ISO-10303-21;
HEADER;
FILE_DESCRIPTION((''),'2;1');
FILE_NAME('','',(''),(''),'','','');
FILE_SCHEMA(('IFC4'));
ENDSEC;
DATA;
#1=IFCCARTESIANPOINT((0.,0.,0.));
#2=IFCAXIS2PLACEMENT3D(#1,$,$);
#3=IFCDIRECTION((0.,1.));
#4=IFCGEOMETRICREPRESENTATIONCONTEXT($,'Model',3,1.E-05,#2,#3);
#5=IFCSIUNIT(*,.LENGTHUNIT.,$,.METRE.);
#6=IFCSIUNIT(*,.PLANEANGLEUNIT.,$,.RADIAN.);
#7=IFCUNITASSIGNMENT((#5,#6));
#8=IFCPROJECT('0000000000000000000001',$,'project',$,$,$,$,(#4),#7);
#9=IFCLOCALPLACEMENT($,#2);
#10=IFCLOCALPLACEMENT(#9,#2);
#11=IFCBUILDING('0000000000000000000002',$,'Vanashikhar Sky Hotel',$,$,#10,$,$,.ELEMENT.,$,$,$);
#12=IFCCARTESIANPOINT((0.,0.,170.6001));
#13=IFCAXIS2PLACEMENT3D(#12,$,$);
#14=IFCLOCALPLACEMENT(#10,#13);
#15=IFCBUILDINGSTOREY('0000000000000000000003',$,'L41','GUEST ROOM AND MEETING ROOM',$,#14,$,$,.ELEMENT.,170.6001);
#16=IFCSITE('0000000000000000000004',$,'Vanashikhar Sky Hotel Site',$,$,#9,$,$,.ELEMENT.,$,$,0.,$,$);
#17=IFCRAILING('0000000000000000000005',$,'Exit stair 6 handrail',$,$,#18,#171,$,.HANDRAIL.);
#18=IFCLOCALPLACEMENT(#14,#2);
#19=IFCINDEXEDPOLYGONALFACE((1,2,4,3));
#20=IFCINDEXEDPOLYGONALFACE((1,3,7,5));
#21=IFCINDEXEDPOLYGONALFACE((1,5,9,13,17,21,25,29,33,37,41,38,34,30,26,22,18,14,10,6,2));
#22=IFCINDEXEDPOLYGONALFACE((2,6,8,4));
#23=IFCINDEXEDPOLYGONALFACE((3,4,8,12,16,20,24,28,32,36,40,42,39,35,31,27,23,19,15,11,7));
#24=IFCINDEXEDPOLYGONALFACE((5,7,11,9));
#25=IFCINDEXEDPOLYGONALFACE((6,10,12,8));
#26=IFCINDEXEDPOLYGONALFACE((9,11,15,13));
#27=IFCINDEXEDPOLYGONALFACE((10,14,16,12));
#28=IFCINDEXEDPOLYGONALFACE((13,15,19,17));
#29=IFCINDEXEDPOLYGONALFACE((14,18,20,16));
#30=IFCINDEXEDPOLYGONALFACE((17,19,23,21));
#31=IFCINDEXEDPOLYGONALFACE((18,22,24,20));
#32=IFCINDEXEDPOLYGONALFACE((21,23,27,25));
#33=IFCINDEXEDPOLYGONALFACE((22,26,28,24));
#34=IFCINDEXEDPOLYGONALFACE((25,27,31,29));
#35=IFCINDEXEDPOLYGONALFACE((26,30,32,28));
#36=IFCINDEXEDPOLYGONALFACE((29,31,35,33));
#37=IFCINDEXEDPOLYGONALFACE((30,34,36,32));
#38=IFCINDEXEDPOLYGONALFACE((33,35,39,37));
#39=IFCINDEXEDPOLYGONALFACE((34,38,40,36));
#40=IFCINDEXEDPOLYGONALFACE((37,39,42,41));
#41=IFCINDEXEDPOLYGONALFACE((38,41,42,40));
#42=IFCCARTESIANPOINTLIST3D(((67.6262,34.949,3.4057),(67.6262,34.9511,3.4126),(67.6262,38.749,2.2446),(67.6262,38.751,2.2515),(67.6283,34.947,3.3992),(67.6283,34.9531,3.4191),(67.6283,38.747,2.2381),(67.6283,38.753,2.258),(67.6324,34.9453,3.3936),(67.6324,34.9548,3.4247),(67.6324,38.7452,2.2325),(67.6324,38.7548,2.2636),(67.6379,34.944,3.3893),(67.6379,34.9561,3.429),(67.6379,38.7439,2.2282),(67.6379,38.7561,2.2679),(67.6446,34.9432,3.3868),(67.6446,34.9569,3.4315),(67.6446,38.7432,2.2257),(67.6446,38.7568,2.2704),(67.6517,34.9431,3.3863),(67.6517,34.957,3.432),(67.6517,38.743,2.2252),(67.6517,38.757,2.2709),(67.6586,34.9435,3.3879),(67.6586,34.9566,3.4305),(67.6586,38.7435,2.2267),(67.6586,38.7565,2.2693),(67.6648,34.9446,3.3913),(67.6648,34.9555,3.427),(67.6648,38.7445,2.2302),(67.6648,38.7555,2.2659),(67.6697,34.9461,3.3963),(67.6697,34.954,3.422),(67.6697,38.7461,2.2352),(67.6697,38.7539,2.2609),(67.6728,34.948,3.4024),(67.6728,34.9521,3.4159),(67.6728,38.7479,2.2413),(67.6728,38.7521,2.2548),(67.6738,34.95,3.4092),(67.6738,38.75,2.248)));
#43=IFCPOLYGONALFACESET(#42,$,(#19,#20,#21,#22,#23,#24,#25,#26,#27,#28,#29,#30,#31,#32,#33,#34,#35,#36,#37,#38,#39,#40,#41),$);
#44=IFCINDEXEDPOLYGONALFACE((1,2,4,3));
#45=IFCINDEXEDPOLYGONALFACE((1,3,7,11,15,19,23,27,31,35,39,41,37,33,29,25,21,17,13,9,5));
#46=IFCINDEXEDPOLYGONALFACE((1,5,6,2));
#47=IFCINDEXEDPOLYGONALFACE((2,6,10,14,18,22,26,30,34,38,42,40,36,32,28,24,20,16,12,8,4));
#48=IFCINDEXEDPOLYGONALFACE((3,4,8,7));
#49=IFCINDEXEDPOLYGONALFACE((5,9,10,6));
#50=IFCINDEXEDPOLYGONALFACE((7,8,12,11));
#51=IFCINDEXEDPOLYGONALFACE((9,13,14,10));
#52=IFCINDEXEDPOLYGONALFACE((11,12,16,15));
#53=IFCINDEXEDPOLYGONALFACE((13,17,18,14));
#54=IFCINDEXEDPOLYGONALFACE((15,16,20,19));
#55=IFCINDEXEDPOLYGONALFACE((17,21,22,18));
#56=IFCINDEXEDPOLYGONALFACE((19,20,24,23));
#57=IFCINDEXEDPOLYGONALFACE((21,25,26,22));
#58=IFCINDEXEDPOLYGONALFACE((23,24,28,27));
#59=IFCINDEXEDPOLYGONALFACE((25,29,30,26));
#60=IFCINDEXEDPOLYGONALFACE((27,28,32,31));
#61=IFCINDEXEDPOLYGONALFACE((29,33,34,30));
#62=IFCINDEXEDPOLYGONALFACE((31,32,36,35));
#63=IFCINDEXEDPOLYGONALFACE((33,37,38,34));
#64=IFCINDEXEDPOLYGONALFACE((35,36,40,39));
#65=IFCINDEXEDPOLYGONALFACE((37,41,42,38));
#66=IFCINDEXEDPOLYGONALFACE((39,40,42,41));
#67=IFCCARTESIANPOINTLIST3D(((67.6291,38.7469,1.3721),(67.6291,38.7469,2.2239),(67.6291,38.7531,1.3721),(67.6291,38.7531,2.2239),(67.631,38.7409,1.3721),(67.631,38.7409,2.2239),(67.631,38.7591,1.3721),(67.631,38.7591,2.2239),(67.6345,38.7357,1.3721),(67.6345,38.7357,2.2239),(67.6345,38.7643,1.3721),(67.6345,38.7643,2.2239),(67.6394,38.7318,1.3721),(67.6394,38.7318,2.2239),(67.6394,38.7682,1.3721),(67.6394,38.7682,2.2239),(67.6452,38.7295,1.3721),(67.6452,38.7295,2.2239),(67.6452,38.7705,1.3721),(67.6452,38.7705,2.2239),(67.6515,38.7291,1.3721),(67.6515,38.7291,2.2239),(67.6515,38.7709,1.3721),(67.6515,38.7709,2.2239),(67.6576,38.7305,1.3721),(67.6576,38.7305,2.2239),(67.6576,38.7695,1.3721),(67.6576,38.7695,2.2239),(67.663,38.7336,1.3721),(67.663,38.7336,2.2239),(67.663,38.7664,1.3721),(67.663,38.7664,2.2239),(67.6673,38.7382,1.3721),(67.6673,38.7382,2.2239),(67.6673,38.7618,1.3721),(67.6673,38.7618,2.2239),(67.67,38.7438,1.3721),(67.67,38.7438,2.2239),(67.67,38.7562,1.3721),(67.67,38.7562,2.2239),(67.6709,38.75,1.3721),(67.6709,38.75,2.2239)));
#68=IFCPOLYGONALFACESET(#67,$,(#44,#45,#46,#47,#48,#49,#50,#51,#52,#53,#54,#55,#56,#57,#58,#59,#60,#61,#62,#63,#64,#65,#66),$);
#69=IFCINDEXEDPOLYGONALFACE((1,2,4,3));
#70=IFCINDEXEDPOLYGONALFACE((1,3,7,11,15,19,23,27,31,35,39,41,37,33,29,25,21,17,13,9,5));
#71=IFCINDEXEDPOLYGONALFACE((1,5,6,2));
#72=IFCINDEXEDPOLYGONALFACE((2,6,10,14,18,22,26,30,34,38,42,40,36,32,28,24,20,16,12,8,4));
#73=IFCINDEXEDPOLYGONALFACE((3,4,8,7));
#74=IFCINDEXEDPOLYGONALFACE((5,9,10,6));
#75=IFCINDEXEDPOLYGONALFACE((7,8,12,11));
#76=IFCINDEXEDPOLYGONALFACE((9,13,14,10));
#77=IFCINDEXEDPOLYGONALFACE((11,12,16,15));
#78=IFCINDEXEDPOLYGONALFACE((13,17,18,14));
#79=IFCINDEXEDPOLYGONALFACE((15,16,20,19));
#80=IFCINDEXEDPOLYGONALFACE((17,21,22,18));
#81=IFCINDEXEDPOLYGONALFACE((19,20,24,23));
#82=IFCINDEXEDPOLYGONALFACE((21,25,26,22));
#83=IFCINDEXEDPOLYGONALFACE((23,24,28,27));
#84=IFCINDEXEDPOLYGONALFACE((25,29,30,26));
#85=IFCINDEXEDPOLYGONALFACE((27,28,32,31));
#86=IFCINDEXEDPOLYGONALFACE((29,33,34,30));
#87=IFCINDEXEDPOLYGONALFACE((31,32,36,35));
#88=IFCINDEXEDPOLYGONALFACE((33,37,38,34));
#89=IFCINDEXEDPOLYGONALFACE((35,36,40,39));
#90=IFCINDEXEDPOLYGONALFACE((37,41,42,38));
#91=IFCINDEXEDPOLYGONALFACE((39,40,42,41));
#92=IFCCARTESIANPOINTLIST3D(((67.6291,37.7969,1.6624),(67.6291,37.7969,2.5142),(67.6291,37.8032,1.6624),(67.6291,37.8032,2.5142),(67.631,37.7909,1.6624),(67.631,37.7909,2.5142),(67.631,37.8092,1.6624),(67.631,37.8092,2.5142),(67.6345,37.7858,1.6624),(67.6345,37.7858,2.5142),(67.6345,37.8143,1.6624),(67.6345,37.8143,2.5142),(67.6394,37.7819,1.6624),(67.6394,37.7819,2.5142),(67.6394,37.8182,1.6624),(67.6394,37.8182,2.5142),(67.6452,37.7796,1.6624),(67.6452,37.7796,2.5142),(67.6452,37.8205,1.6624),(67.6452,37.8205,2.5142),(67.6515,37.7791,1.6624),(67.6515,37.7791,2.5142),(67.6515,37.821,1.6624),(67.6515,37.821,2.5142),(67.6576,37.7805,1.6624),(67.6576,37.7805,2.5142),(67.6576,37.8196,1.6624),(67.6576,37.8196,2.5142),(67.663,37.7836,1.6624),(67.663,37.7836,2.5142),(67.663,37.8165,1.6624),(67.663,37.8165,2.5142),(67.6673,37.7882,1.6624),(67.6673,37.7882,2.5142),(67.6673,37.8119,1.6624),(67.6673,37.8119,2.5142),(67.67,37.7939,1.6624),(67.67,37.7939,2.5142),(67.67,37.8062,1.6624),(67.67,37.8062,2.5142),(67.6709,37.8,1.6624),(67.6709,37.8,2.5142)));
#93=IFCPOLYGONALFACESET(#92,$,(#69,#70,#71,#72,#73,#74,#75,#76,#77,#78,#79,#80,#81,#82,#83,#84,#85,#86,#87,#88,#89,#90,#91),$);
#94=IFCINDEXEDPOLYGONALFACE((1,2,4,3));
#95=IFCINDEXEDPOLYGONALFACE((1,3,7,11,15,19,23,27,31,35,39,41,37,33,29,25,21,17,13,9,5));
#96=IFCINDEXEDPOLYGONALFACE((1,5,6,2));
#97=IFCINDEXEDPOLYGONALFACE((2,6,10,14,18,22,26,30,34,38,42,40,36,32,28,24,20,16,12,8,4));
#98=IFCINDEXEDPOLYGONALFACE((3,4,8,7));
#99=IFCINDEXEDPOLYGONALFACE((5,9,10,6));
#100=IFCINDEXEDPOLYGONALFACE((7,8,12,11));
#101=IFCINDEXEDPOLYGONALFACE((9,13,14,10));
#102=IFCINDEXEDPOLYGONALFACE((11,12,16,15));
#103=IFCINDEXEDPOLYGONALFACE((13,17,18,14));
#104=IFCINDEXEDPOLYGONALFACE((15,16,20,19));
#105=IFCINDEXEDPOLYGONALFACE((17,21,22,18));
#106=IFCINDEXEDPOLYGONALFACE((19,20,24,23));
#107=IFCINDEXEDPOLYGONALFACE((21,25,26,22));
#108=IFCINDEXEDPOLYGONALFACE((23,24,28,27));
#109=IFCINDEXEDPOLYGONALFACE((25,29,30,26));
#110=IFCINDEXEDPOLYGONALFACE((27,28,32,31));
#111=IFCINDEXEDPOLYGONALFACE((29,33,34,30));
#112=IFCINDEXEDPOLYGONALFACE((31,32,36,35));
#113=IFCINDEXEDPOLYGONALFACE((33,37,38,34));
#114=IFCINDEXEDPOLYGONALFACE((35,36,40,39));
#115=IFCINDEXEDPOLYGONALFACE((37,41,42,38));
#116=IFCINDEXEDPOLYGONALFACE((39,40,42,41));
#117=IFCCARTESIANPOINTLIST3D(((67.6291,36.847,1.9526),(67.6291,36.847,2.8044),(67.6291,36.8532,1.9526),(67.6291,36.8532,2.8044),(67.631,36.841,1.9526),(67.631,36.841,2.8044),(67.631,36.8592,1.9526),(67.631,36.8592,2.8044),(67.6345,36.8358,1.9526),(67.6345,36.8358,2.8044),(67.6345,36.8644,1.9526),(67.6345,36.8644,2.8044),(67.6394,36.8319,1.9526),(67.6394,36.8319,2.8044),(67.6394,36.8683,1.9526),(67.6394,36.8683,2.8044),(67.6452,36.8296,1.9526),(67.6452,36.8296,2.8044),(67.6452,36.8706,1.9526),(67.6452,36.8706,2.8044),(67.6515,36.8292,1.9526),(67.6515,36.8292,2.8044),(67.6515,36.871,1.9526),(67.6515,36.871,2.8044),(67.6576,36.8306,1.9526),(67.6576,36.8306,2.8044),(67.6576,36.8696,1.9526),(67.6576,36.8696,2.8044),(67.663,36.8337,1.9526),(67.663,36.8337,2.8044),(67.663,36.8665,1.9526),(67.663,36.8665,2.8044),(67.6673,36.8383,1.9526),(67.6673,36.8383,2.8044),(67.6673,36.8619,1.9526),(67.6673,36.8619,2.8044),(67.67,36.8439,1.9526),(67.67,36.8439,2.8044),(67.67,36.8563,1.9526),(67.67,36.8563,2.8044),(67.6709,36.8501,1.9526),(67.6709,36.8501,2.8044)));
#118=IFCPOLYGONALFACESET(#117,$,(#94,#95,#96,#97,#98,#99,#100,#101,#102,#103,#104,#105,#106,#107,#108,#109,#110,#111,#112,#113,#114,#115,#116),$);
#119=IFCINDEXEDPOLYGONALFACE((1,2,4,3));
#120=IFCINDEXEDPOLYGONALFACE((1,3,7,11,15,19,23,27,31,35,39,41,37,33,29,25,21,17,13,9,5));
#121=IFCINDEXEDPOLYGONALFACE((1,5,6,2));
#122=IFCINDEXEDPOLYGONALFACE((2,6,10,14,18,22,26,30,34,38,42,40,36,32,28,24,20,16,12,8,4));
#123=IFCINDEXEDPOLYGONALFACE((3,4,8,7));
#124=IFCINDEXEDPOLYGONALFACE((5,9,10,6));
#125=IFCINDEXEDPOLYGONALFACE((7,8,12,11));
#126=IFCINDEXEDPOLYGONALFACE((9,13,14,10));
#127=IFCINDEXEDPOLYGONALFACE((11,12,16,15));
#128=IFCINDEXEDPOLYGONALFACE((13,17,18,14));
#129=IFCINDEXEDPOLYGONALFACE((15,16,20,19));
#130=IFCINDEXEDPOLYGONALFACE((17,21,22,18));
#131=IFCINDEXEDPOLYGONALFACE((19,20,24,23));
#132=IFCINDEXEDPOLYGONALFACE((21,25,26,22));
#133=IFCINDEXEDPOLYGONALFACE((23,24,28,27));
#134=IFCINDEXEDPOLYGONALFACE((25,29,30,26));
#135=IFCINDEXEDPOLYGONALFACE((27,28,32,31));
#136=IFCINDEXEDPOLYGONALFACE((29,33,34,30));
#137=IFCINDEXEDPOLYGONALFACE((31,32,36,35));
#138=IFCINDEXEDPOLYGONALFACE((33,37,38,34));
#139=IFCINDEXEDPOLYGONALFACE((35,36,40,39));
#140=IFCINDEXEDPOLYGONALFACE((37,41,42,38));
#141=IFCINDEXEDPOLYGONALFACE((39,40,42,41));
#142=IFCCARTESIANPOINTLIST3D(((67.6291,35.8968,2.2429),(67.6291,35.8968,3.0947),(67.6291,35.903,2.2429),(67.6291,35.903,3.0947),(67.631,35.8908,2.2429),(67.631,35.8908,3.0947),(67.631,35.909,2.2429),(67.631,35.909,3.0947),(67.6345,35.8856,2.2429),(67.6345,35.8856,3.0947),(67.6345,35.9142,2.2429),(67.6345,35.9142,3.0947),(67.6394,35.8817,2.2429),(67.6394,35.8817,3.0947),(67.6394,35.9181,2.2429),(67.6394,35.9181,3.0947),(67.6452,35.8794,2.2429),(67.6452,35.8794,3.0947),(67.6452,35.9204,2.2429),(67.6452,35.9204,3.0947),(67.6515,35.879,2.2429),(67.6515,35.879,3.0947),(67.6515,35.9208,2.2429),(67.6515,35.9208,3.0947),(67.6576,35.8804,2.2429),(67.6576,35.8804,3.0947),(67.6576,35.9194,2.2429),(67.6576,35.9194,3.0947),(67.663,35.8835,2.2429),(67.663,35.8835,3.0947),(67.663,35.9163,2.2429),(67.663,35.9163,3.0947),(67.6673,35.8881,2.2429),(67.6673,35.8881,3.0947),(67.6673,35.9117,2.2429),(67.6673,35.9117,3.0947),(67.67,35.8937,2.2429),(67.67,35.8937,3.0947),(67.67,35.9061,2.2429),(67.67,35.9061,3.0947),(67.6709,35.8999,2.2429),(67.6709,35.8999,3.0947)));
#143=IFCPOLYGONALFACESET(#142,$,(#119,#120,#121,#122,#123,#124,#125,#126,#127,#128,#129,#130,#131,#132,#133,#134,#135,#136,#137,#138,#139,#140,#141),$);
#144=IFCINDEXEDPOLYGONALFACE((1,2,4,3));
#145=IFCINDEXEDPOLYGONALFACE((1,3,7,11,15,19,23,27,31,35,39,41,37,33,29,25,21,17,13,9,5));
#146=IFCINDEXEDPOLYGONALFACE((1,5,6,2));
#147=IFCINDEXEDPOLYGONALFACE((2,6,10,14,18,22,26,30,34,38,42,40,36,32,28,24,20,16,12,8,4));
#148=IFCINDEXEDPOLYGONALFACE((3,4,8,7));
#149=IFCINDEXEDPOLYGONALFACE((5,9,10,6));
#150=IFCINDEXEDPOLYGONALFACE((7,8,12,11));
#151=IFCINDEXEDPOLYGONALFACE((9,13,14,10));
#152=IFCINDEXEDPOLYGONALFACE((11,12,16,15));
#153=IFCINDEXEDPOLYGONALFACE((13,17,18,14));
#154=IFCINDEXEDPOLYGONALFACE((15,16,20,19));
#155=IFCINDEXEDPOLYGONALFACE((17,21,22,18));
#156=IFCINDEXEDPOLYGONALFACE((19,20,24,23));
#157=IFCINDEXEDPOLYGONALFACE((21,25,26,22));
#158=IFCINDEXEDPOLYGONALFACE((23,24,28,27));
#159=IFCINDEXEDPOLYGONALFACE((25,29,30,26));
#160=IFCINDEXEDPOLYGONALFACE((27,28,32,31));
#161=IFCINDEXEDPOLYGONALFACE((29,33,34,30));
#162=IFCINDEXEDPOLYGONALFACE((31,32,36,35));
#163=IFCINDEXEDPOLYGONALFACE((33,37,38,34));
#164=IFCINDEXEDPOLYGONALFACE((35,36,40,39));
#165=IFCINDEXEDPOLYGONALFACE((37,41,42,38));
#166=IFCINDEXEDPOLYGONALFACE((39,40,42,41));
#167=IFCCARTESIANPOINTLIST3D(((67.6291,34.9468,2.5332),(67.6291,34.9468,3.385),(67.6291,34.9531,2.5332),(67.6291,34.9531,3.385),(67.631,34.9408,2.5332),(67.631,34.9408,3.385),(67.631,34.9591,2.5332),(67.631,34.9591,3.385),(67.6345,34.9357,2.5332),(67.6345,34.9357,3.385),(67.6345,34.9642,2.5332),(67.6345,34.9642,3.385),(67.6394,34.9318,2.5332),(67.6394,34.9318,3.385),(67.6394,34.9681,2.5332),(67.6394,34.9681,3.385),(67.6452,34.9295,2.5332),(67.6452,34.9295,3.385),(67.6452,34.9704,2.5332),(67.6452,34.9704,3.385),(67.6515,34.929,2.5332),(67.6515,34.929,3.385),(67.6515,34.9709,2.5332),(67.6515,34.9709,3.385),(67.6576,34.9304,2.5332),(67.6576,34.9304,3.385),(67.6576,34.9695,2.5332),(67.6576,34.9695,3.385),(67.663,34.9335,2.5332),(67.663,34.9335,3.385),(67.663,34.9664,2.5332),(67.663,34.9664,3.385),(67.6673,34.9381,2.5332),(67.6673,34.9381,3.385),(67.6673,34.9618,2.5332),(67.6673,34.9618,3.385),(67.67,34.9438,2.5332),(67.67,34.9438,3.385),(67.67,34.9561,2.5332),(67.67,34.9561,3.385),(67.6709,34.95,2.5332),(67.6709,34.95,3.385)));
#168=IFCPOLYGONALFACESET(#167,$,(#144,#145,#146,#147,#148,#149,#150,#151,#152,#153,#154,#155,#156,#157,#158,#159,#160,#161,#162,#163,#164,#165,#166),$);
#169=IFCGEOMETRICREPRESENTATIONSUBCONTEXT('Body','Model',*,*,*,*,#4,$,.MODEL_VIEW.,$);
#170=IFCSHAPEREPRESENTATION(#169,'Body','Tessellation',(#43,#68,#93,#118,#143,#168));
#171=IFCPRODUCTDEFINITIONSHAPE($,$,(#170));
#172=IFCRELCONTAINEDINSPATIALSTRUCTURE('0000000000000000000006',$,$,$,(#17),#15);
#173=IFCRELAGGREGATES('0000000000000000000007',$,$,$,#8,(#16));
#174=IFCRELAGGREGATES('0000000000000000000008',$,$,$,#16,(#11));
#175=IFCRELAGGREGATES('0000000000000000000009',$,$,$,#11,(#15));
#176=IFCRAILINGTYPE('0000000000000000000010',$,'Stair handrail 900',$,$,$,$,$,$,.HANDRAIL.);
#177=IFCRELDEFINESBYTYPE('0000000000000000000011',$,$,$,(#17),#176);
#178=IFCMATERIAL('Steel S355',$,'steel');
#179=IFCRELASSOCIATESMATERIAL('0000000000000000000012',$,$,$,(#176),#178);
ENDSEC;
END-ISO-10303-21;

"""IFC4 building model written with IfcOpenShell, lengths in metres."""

from ifc_helpers import new_model, si_unit, direction, frame, origin, origin_2d, place, context, subcontext, project, spatial, circle, extrude, source, transform, mapped, material, type_object, element, save


model = new_model("IFC4")

# Units and contexts
model_context = context("Model", 3, precision=1e-05, world=origin(), true_north=direction((0.0, 1.0)))
body_context = subcontext(model_context, "Body", "Model", "MODEL_VIEW")
ifc_project = project(units=[si_unit("LENGTHUNIT", "METRE"), si_unit("PLANEANGLEUNIT", "RADIAN")], contexts=[model_context])

# Site, building, storey
site_placement = place(None, origin())
site = spatial("IfcSite", under=ifc_project, at=site_placement, Name="Vanashikhar Sky Hotel Site", CompositionType="ELEMENT", RefElevation=0.0)
building_placement = place(site_placement, origin())
building = spatial("IfcBuilding", under=site, at=building_placement, Name="Vanashikhar Sky Hotel", CompositionType="ELEMENT")
storey_placement = place(building_placement, frame((0.0, 0.0, 170.6001)))
storey = spatial("IfcBuildingStorey", under=building, at=storey_placement, Name="L41", Description="GUEST ROOM AND MEETING ROOM", CompositionType="ELEMENT", Elevation=170.6001)

# Railing
ifc_material_1 = material(Name="Steel S355", Category="steel")
railing_type_1 = type_object("IfcRailingType", Name="Stair handrail 900", PredefinedType="HANDRAIL", material=ifc_material_1)
shared_shape_1 = source(origin(), body_context, "Body", "SweptSolid", [
    extrude(circle(Radius=0.0239, at=origin_2d()), frame((0.0, 0.0, 0.876), z_axis=(0.0, -0.956351, 0.29222), x_axis=(1.0, 0.0, 0.0)), (0.0, 0.0, 1.0), 3.9734),
    extrude(circle(Radius=0.021, at=origin_2d()), origin(), (0.0, 0.0, 1.0), 0.8518),
    extrude(circle(Radius=0.021, at=origin_2d()), frame((0.0, -0.95, 0.2903)), (0.0, 0.0, 1.0), 0.8518),
    extrude(circle(Radius=0.021, at=origin_2d()), frame((0.0, -1.8999, 0.5806)), (0.0, 0.0, 1.0), 0.8518),
    extrude(circle(Radius=0.021, at=origin_2d()), frame((0.0, -2.8501, 0.8708)), (0.0, 0.0, 1.0), 0.8518),
    extrude(circle(Radius=0.021, at=origin_2d()), frame((0.0, -3.8, 1.1611)), (0.0, 0.0, 1.0), 0.8518),
])
for number, where, name in (
    (1, (67.6499, 38.75, 1.3721), "Exit stair 6 handrail"),
):
    element("IfcRailing", number, at=place(storey_placement, frame(where)), inside=storey, type_object=railing_type_1, Name=name, PredefinedType="HANDRAIL", context=body_context, shape_type="MappedRepresentation", body=[
        mapped(shared_shape_1, transform((0.0, 0.0, 0.0), scale=1.0)),
    ])

save(model, "model.ifc")
